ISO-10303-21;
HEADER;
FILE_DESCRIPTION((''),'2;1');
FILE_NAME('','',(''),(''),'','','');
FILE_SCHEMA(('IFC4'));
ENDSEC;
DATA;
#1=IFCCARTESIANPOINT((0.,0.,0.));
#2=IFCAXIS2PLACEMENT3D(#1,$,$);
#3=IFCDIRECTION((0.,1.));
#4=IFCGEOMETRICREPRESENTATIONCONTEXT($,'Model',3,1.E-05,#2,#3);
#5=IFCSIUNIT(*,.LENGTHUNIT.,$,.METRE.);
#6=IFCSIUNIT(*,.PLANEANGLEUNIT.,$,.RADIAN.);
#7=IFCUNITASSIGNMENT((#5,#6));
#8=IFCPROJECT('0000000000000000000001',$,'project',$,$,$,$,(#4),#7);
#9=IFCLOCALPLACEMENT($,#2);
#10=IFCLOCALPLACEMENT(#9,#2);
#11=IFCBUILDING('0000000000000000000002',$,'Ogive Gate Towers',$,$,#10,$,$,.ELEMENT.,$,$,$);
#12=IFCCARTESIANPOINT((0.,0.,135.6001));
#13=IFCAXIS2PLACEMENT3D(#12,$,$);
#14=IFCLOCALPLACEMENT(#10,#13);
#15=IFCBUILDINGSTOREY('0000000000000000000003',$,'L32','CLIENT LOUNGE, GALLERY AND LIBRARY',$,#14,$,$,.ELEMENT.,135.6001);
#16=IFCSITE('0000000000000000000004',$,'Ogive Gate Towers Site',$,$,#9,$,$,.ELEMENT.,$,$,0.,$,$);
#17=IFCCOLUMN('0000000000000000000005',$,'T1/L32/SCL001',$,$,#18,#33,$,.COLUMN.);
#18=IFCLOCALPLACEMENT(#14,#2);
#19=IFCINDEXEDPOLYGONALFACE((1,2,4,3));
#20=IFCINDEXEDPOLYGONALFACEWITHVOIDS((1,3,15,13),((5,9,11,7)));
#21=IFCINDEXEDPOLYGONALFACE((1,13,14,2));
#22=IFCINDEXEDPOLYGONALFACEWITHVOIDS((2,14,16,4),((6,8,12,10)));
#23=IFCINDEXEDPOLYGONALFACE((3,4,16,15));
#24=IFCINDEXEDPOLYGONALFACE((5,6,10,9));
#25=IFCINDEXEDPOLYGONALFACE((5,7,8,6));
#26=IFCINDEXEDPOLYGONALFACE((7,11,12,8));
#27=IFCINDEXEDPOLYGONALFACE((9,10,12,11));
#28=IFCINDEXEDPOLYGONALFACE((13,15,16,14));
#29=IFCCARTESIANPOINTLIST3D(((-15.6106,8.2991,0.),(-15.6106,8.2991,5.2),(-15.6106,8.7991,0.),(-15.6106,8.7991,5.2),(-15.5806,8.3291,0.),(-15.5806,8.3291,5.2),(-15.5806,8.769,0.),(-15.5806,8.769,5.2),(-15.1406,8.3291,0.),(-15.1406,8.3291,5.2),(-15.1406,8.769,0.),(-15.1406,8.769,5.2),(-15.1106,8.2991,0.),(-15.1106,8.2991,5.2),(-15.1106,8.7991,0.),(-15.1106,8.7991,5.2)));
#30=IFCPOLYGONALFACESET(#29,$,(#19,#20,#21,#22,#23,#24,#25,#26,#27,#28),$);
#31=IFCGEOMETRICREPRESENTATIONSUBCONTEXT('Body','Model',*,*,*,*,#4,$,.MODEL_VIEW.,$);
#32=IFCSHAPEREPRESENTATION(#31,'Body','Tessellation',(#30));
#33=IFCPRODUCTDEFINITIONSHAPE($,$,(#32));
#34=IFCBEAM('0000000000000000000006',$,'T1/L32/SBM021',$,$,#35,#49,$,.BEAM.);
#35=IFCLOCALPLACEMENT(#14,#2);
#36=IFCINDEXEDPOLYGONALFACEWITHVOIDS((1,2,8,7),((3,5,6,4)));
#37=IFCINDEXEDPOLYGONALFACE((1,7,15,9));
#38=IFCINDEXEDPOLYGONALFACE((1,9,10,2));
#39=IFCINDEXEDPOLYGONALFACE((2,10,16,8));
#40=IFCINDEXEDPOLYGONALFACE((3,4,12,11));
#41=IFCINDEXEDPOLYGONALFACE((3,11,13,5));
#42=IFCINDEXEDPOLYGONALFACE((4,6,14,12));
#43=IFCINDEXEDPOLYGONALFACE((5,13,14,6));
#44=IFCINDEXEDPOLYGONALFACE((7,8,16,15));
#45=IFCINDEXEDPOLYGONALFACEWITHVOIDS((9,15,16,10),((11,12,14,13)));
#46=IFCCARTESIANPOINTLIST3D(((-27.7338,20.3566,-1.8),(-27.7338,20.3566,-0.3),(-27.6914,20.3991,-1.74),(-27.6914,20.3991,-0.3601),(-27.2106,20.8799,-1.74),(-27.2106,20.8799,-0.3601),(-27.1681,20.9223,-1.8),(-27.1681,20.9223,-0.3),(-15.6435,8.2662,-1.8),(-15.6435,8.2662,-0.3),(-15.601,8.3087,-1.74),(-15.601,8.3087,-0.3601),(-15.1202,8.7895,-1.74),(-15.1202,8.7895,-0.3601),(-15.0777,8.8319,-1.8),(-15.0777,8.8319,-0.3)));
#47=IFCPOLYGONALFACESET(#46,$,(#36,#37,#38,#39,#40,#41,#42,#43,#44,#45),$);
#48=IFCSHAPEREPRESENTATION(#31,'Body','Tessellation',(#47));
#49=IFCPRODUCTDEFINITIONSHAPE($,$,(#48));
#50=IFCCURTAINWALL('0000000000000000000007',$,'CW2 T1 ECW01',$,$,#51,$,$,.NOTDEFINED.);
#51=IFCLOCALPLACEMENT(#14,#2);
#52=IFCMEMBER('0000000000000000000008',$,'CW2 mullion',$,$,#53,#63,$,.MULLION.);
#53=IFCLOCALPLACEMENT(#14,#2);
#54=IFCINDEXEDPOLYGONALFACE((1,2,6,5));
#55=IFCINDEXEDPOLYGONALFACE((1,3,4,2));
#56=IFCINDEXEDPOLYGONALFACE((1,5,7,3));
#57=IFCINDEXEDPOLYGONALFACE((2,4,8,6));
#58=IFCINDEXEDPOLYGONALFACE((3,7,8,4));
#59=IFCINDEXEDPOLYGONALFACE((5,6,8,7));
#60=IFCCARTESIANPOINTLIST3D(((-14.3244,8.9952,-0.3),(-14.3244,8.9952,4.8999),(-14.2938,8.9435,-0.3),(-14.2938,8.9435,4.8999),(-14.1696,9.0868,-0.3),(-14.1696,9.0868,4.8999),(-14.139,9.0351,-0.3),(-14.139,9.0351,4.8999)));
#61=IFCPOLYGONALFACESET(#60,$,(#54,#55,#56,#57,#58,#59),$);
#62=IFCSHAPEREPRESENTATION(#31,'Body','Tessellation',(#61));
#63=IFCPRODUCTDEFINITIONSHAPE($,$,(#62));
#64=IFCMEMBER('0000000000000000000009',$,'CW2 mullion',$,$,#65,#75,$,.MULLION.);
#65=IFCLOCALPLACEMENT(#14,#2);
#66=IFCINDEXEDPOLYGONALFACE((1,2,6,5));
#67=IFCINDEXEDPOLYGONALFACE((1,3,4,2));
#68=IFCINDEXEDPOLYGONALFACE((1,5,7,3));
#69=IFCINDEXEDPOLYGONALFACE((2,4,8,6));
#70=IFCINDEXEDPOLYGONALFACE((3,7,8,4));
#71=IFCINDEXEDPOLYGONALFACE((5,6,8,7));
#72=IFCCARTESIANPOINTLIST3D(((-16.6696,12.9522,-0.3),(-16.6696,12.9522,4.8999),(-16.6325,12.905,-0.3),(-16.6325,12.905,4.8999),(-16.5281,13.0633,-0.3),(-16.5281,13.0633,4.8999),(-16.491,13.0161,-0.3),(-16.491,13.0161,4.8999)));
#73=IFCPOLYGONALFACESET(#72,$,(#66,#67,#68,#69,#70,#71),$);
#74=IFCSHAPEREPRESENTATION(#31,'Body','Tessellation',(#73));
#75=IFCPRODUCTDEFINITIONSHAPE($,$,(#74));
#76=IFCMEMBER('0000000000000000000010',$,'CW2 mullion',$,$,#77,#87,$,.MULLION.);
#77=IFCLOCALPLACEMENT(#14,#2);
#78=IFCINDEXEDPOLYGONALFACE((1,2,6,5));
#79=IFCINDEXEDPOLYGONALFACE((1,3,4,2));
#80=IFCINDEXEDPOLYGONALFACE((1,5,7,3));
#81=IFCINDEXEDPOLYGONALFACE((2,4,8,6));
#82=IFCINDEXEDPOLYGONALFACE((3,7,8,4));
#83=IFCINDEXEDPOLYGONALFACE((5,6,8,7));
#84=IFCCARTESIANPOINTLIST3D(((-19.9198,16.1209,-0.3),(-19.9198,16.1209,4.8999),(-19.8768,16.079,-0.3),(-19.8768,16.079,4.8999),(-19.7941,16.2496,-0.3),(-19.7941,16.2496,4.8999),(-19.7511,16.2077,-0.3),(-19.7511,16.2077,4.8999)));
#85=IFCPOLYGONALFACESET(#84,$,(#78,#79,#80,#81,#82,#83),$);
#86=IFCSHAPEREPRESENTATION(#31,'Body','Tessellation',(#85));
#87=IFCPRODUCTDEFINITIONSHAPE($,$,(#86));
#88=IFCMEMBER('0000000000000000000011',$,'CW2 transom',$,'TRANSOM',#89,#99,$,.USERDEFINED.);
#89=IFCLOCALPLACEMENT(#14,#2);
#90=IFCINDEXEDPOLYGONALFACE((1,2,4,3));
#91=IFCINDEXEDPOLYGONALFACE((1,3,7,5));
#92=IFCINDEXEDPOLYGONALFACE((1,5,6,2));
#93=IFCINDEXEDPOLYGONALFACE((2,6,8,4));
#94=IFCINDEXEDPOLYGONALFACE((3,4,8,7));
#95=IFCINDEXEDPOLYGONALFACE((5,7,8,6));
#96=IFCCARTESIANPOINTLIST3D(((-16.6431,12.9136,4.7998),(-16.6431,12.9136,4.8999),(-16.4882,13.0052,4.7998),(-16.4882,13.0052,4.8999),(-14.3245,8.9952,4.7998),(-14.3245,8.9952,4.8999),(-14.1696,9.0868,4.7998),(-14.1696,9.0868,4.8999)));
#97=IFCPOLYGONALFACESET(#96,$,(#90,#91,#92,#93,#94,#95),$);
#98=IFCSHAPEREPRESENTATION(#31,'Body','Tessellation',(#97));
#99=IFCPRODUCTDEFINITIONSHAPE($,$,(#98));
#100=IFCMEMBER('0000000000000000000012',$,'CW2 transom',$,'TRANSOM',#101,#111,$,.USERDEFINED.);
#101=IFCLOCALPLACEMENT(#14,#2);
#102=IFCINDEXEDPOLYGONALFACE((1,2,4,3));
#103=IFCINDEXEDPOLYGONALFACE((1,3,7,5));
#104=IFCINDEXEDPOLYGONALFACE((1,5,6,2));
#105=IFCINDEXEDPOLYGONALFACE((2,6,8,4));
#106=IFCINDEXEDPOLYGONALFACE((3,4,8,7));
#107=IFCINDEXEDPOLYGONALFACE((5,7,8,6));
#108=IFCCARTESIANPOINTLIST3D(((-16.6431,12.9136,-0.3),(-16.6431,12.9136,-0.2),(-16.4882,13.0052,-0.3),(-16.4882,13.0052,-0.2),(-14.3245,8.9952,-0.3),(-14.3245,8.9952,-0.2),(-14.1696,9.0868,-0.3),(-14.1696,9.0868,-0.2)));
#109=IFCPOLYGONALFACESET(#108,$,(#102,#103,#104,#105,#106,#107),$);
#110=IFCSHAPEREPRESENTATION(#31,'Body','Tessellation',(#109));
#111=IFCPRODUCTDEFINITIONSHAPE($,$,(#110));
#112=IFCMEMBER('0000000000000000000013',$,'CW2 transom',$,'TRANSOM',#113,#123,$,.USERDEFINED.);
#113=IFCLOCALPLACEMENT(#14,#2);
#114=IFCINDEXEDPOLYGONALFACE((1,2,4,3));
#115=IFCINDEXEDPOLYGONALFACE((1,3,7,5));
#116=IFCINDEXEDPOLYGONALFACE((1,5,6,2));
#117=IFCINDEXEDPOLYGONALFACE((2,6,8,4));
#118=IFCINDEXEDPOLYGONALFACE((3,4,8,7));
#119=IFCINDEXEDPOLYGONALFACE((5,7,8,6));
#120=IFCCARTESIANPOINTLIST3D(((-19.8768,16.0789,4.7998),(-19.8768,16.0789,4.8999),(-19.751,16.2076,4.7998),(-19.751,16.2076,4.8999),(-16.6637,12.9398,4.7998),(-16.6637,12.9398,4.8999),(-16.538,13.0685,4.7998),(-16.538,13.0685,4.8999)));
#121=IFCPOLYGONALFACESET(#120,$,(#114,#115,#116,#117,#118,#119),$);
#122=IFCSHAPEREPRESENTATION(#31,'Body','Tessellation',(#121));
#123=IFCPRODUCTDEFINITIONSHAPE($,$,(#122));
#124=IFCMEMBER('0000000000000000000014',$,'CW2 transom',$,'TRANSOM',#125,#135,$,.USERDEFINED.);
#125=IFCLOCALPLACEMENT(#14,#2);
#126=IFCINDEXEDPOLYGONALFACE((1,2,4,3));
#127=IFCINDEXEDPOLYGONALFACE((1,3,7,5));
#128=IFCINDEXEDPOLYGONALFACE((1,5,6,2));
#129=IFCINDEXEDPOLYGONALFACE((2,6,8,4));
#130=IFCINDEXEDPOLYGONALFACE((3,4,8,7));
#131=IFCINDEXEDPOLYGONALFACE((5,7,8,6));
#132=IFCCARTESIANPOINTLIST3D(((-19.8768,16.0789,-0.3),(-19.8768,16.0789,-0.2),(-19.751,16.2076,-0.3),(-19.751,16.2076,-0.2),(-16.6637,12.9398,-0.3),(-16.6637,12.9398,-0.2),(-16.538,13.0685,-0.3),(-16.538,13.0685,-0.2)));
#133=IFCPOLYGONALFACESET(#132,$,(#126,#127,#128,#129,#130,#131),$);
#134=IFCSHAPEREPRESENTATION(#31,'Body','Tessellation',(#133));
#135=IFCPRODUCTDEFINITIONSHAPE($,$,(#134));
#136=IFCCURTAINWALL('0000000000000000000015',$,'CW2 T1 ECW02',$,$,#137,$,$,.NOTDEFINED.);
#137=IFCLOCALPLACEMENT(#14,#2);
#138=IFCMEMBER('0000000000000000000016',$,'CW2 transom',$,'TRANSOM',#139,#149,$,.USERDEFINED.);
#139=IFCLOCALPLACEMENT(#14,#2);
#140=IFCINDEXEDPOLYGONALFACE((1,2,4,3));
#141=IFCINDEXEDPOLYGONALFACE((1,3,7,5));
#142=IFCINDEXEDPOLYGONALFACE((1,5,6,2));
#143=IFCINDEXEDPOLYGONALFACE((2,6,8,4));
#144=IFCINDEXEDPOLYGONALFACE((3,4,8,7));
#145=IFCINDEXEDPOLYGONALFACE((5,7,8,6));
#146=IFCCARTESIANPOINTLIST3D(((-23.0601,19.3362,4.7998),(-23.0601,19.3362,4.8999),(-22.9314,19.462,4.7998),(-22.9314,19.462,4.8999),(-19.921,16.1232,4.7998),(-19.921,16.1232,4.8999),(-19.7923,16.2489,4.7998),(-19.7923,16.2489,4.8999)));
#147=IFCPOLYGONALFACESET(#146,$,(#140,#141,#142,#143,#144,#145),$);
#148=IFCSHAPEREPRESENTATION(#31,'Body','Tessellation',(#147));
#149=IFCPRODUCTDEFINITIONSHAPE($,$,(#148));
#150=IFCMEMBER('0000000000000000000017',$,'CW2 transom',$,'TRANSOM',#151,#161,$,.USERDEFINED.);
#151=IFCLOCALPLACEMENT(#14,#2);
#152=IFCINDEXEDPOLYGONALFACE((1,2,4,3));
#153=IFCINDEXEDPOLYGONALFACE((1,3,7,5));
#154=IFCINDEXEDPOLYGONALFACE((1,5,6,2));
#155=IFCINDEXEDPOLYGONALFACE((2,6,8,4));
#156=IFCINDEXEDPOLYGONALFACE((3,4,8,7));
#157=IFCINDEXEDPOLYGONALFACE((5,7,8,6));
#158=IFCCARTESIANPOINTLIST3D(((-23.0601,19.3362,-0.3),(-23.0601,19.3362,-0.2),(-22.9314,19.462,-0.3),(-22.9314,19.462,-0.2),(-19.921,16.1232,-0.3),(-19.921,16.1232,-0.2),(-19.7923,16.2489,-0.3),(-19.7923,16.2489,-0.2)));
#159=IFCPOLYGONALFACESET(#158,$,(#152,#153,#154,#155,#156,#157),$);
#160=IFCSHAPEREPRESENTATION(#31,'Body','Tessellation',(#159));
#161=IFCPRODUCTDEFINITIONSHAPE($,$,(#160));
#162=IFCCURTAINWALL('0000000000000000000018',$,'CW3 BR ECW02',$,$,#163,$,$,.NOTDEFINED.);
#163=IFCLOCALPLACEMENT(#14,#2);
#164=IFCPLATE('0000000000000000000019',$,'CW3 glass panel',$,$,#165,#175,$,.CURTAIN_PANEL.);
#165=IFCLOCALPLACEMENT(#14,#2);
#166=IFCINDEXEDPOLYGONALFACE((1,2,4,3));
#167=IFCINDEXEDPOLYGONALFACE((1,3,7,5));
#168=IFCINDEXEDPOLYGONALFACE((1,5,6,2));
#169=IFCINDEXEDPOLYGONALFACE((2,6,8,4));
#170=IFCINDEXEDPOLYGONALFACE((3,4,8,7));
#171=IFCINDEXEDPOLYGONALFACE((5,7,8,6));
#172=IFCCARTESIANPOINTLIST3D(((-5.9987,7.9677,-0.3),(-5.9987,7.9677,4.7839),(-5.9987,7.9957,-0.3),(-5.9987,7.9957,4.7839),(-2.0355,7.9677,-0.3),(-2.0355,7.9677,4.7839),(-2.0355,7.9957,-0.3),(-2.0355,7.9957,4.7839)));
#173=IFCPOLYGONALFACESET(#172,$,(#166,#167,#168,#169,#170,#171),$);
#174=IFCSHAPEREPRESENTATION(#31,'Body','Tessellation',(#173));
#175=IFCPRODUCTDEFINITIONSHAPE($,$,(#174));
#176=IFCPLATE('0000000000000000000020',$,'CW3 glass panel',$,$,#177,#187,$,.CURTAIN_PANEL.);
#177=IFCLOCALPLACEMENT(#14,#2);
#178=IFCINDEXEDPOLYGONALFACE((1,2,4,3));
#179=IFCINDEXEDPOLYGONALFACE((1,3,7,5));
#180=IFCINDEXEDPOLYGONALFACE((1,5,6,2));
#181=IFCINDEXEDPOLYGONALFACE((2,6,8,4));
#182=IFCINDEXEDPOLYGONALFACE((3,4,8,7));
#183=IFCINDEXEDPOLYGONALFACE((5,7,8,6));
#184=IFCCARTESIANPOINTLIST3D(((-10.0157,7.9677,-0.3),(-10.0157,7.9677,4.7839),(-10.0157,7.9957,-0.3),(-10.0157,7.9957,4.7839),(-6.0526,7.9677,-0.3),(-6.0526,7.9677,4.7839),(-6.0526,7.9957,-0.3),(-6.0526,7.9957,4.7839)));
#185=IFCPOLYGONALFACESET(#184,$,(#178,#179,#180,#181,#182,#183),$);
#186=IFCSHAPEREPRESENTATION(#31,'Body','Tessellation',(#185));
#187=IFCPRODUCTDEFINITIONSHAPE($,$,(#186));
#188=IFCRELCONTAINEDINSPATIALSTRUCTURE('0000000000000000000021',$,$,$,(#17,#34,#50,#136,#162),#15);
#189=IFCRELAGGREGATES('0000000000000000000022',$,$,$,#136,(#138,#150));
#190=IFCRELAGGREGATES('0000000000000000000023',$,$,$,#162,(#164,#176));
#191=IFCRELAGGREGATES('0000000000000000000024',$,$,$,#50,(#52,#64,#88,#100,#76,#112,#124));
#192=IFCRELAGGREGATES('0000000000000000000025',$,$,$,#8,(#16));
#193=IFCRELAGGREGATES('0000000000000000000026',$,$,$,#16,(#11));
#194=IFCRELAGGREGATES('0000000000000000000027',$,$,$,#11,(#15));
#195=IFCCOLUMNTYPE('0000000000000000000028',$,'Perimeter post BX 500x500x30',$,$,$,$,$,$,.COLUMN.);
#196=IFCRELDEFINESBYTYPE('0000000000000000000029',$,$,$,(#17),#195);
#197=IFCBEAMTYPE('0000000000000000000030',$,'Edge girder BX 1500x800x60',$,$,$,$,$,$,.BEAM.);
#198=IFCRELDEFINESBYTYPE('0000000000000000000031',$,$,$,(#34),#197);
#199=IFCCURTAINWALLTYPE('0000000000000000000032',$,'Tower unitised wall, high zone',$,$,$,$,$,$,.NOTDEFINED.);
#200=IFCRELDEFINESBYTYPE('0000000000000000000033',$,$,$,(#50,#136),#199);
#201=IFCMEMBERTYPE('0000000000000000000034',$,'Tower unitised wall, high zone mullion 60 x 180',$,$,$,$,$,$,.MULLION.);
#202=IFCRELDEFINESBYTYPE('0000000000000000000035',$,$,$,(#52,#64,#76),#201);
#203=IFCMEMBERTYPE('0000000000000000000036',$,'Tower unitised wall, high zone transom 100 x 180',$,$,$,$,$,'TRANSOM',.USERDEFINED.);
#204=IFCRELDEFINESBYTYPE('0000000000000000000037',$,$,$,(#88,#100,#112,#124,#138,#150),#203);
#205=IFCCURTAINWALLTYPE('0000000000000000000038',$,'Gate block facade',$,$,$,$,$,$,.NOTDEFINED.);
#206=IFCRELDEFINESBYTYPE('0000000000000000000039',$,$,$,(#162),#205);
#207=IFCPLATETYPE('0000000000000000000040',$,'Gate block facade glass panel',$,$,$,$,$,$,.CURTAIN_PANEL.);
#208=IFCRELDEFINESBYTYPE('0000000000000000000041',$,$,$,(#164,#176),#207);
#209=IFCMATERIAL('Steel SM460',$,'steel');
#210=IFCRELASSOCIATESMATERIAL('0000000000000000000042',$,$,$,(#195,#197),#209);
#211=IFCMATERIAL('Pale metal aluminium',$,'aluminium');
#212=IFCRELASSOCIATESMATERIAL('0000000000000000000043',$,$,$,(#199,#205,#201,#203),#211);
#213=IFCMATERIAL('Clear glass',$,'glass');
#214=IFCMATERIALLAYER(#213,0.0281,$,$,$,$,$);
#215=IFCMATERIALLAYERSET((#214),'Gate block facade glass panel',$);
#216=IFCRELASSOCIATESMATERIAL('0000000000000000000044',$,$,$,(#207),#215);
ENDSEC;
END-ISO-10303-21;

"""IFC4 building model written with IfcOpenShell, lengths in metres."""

from ifc_helpers import new_model, si_unit, direction, frame, origin, origin_2d, place, context, subcontext, project, spatial, rectangle, hollow_rectangle, extrude, material, layer, layer_set, material_profile, profile_set, type_object, element, aggregate, save


model = new_model("IFC4")

# Units and contexts
model_context = context("Model", 3, precision=1e-05, world=origin(), true_north=direction((0.0, 1.0)))
body_context = subcontext(model_context, "Body", "Model", "MODEL_VIEW")
ifc_project = project(units=[si_unit("LENGTHUNIT", "METRE"), si_unit("PLANEANGLEUNIT", "RADIAN")], contexts=[model_context])

# Site, building, storey
site_placement = place(None, origin())
site = spatial("IfcSite", under=ifc_project, at=site_placement, Name="Ogive Gate Towers Site", CompositionType="ELEMENT", RefElevation=0.0)
building_placement = place(site_placement, origin())
building = spatial("IfcBuilding", under=site, at=building_placement, Name="Ogive Gate Towers", CompositionType="ELEMENT")
storey_placement = place(building_placement, frame((0.0, 0.0, 135.6001)))
storey = spatial("IfcBuildingStorey", under=building, at=storey_placement, Name="L32", Description="CLIENT LOUNGE, GALLERY AND LIBRARY", CompositionType="ELEMENT", Elevation=135.6001)

# Column
ifc_material_1 = material(Name="Steel SM460", Category="steel")
ifc_material_profile_1 = material_profile(ifc_material_1, hollow_rectangle(XDim=0.5, YDim=0.5, WallThickness=0.03, at=origin_2d()), Name="BX 500x500x30")
ifc_profile_set_1 = profile_set([ifc_material_profile_1], Name="Steel SM460")
column_type = type_object("IfcColumnType", Name="Perimeter post BX 500x500x30", PredefinedType="COLUMN", material=ifc_profile_set_1)
column_placement = place(storey_placement, frame((-15.3606, 8.5491, 0.0), z_axis=(0.0, 0.0, 1.0), x_axis=(1.0, 0.0, 0.0)))
element("IfcColumn", 1, at=column_placement, inside=storey, type_object=column_type, Name="T1/L32/SCL001", PredefinedType="COLUMN", context=body_context, shape_type="SweptSolid", body=[
    extrude(hollow_rectangle(XDim=0.5, YDim=0.5, WallThickness=0.03, at=origin_2d()), origin(), (0.0, 0.0, 1.0), 5.2),
])

# Beam
ifc_material_profile_2 = material_profile(ifc_material_1, hollow_rectangle(XDim=0.8, YDim=1.5, WallThickness=0.0601, at=origin_2d()), Name="BX 1500x800x60")
ifc_profile_set_2 = profile_set([ifc_material_profile_2], Name="Steel SM460")
beam_type = type_object("IfcBeamType", Name="Edge girder BX 1500x800x60", PredefinedType="BEAM", material=ifc_profile_set_2)
beam_placement = place(storey_placement, frame((-15.3606, 8.5491, -1.05), z_axis=(-0.707107, 0.707107, 0.0), x_axis=(-0.707107, -0.707107, 0.0)))
element("IfcBeam", 2, at=beam_placement, inside=storey, type_object=beam_type, Name="T1/L32/SBM021", PredefinedType="BEAM", context=body_context, shape_type="SweptSolid", body=[
    extrude(hollow_rectangle(XDim=0.8, YDim=1.5, WallThickness=0.0601, at=origin_2d()), origin(), (0.0, 0.0, 1.0), 17.0984),
])

# Curtain walls, members
ifc_material_2 = material(Name="Pale metal aluminium", Category="aluminium")
curtain_wall_type_1 = type_object("IfcCurtainWallType", Name="Tower unitised wall, high zone", PredefinedType="NOTDEFINED", material=ifc_material_2)
curtain_wall_1_placement = place(storey_placement, origin())
curtain_wall_1 = element("IfcCurtainWall", 3, at=curtain_wall_1_placement, inside=storey, type_object=curtain_wall_type_1, Name="CW2 T1 ECW01", PredefinedType="NOTDEFINED")
ifc_material_profile_3 = material_profile(ifc_material_2, rectangle(XDim=0.1799, YDim=0.0601, at=origin_2d()), Name="60 x 180 aluminium box")
ifc_profile_set_3 = profile_set([ifc_material_profile_3], Name="Pale metal aluminium")
member_type_1 = type_object("IfcMemberType", Name="Tower unitised wall, high zone mullion 60 x 180", PredefinedType="MULLION", material=ifc_profile_set_3)
member_1_placement = place(storey_placement, frame((-14.2317, 9.0151, -0.3), z_axis=(0.0, 0.0, 1.0), x_axis=(0.860627, 0.509237, 0.0)))
member_1 = element("IfcMember", 4, at=member_1_placement, type_object=member_type_1, Name="CW2 mullion", PredefinedType="MULLION", context=body_context, shape_type="SweptSolid", body=[
    extrude(rectangle(XDim=0.1799, YDim=0.0601, at=origin_2d()), origin(), (0.0, 0.0, 1.0), 5.2),
])
member_2_placement = place(storey_placement, frame((-16.5803, 12.9841, -0.3), z_axis=(0.0, 0.0, 1.0), x_axis=(0.786504, 0.617585, 0.0)))
member_2 = element("IfcMember", 5, at=member_2_placement, type_object=member_type_1, Name="CW2 mullion", PredefinedType="MULLION", context=body_context, shape_type="SweptSolid", body=[
    extrude(rectangle(XDim=0.1799, YDim=0.0601, at=origin_2d()), origin(), (0.0, 0.0, 1.0), 5.2),
])
member_3_placement = place(storey_placement, frame((-19.8354, 16.1643, -0.3), z_axis=(0.0, 0.0, 1.0), x_axis=(0.698815, 0.715303, 0.0)))
member_3 = element("IfcMember", 6, at=member_3_placement, type_object=member_type_1, Name="CW2 mullion", PredefinedType="MULLION", context=body_context, shape_type="SweptSolid", body=[
    extrude(rectangle(XDim=0.1799, YDim=0.0601, at=origin_2d()), origin(), (0.0, 0.0, 1.0), 5.2),
])
ifc_material_profile_4 = material_profile(ifc_material_2, rectangle(XDim=0.1799, YDim=0.1001, at=origin_2d()), Name="100 x 180 aluminium box")
ifc_profile_set_4 = profile_set([ifc_material_profile_4], Name="Pale metal aluminium")
member_type_2 = type_object("IfcMemberType", Name="Tower unitised wall, high zone transom 100 x 180", ElementType="TRANSOM", PredefinedType="USERDEFINED", material=ifc_profile_set_4)
member_4_placement = place(storey_placement, frame((-14.2471, 9.041, 4.8499), z_axis=(-0.509242, 0.860623, 0.0), x_axis=(-0.860623, -0.509242, 0.0)))
member_4 = element("IfcMember", 7, at=member_4_placement, type_object=member_type_2, Name="CW2 transom", ObjectType="TRANSOM", PredefinedType="USERDEFINED", context=body_context, shape_type="SweptSolid", body=[
    extrude(rectangle(XDim=0.1799, YDim=0.1001, at=origin_2d()), origin(), (0.0, 0.0, 1.0), 4.553),
])
member_5_placement = place(storey_placement, frame((-14.2471, 9.041, -0.25), z_axis=(-0.509242, 0.860623, 0.0), x_axis=(-0.860623, -0.509242, 0.0)))
member_5 = element("IfcMember", 8, at=member_5_placement, type_object=member_type_2, Name="CW2 transom", ObjectType="TRANSOM", PredefinedType="USERDEFINED", context=body_context, shape_type="SweptSolid", body=[
    extrude(rectangle(XDim=0.1799, YDim=0.1001, at=origin_2d()), origin(), (0.0, 0.0, 1.0), 4.553),
])
member_6_placement = place(storey_placement, frame((-16.6008, 13.0042, 4.8499), z_axis=(-0.715293, 0.698825, 0.0), x_axis=(-0.698825, -0.715293, 0.0)))
member_6 = element("IfcMember", 9, at=member_6_placement, type_object=member_type_2, Name="CW2 transom", ObjectType="TRANSOM", PredefinedType="USERDEFINED", context=body_context, shape_type="SweptSolid", body=[
    extrude(rectangle(XDim=0.1799, YDim=0.1001, at=origin_2d()), origin(), (0.0, 0.0, 1.0), 4.4919),
])
member_7_placement = place(storey_placement, frame((-16.6008, 13.0042, -0.25), z_axis=(-0.715293, 0.698825, 0.0), x_axis=(-0.698825, -0.715293, 0.0)))
member_7 = element("IfcMember", 10, at=member_7_placement, type_object=member_type_2, Name="CW2 transom", ObjectType="TRANSOM", PredefinedType="USERDEFINED", context=body_context, shape_type="SweptSolid", body=[
    extrude(rectangle(XDim=0.1799, YDim=0.1001, at=origin_2d()), origin(), (0.0, 0.0, 1.0), 4.4919),
])
curtain_wall_2_placement = place(storey_placement, origin())
curtain_wall_2 = element("IfcCurtainWall", 11, at=curtain_wall_2_placement, inside=storey, type_object=curtain_wall_type_1, Name="CW2 T1 ECW02", PredefinedType="NOTDEFINED")
member_8_placement = place(storey_placement, frame((-19.8567, 16.186, 4.8499), z_axis=(-0.698825, 0.715293, 0.0), x_axis=(-0.715293, -0.698825, 0.0)))
member_8 = element("IfcMember", 12, at=member_8_placement, type_object=member_type_2, Name="CW2 transom", ObjectType="TRANSOM", PredefinedType="USERDEFINED", context=body_context, shape_type="SweptSolid", body=[
    extrude(rectangle(XDim=0.1799, YDim=0.1001, at=origin_2d()), origin(), (0.0, 0.0, 1.0), 4.4919),
])
member_9_placement = place(storey_placement, frame((-19.8567, 16.186, -0.25), z_axis=(-0.698825, 0.715293, 0.0), x_axis=(-0.715293, -0.698825, 0.0)))
member_9 = element("IfcMember", 13, at=member_9_placement, type_object=member_type_2, Name="CW2 transom", ObjectType="TRANSOM", PredefinedType="USERDEFINED", context=body_context, shape_type="SweptSolid", body=[
    extrude(rectangle(XDim=0.1799, YDim=0.1001, at=origin_2d()), origin(), (0.0, 0.0, 1.0), 4.4919),
])
aggregate(curtain_wall_2, [member_8, member_9])

# Curtain wall, plates
curtain_wall_type_2 = type_object("IfcCurtainWallType", Name="Gate block facade", PredefinedType="NOTDEFINED", material=ifc_material_2)
curtain_wall_3_placement = place(storey_placement, origin())
curtain_wall_3 = element("IfcCurtainWall", 14, at=curtain_wall_3_placement, inside=storey, type_object=curtain_wall_type_2, Name="CW3 BR ECW02", PredefinedType="NOTDEFINED")
ifc_material_3 = material(Name="Clear glass", Category="glass")
ifc_layer_1 = layer(ifc_material_3, 0.0281)
ifc_layer_set_1 = layer_set([ifc_layer_1], Name="Gate block facade glass panel")
plate_type_1 = type_object("IfcPlateType", Name="Gate block facade glass panel", PredefinedType="CURTAIN_PANEL", material=ifc_layer_set_1)
plate_1_placement = place(storey_placement, frame((-4.0171, 7.9817, -0.3), z_axis=(0.0, 0.0, 1.0), x_axis=(-1.0, 0.0, 0.0)))
plate_1 = element("IfcPlate", 15, at=plate_1_placement, type_object=plate_type_1, Name="CW3 glass panel", PredefinedType="CURTAIN_PANEL", context=body_context, shape_type="SweptSolid", body=[
    extrude(rectangle(XDim=3.9631, YDim=0.0281, at=origin_2d()), origin(), (0.0, 0.0, 1.0), 5.084),
])
plate_2_placement = place(storey_placement, frame((-8.0342, 7.9817, -0.3), z_axis=(0.0, 0.0, 1.0), x_axis=(-1.0, 0.0, 0.0)))
plate_2 = element("IfcPlate", 16, at=plate_2_placement, type_object=plate_type_1, Name="CW3 glass panel", PredefinedType="CURTAIN_PANEL", context=body_context, shape_type="SweptSolid", body=[
    extrude(rectangle(XDim=3.9631, YDim=0.0281, at=origin_2d()), origin(), (0.0, 0.0, 1.0), 5.084),
])
aggregate(curtain_wall_3, [plate_1, plate_2])

aggregate(curtain_wall_1, [member_1, member_2, member_4, member_5, member_3, member_6, member_7])

save(model, "model.ifc")
